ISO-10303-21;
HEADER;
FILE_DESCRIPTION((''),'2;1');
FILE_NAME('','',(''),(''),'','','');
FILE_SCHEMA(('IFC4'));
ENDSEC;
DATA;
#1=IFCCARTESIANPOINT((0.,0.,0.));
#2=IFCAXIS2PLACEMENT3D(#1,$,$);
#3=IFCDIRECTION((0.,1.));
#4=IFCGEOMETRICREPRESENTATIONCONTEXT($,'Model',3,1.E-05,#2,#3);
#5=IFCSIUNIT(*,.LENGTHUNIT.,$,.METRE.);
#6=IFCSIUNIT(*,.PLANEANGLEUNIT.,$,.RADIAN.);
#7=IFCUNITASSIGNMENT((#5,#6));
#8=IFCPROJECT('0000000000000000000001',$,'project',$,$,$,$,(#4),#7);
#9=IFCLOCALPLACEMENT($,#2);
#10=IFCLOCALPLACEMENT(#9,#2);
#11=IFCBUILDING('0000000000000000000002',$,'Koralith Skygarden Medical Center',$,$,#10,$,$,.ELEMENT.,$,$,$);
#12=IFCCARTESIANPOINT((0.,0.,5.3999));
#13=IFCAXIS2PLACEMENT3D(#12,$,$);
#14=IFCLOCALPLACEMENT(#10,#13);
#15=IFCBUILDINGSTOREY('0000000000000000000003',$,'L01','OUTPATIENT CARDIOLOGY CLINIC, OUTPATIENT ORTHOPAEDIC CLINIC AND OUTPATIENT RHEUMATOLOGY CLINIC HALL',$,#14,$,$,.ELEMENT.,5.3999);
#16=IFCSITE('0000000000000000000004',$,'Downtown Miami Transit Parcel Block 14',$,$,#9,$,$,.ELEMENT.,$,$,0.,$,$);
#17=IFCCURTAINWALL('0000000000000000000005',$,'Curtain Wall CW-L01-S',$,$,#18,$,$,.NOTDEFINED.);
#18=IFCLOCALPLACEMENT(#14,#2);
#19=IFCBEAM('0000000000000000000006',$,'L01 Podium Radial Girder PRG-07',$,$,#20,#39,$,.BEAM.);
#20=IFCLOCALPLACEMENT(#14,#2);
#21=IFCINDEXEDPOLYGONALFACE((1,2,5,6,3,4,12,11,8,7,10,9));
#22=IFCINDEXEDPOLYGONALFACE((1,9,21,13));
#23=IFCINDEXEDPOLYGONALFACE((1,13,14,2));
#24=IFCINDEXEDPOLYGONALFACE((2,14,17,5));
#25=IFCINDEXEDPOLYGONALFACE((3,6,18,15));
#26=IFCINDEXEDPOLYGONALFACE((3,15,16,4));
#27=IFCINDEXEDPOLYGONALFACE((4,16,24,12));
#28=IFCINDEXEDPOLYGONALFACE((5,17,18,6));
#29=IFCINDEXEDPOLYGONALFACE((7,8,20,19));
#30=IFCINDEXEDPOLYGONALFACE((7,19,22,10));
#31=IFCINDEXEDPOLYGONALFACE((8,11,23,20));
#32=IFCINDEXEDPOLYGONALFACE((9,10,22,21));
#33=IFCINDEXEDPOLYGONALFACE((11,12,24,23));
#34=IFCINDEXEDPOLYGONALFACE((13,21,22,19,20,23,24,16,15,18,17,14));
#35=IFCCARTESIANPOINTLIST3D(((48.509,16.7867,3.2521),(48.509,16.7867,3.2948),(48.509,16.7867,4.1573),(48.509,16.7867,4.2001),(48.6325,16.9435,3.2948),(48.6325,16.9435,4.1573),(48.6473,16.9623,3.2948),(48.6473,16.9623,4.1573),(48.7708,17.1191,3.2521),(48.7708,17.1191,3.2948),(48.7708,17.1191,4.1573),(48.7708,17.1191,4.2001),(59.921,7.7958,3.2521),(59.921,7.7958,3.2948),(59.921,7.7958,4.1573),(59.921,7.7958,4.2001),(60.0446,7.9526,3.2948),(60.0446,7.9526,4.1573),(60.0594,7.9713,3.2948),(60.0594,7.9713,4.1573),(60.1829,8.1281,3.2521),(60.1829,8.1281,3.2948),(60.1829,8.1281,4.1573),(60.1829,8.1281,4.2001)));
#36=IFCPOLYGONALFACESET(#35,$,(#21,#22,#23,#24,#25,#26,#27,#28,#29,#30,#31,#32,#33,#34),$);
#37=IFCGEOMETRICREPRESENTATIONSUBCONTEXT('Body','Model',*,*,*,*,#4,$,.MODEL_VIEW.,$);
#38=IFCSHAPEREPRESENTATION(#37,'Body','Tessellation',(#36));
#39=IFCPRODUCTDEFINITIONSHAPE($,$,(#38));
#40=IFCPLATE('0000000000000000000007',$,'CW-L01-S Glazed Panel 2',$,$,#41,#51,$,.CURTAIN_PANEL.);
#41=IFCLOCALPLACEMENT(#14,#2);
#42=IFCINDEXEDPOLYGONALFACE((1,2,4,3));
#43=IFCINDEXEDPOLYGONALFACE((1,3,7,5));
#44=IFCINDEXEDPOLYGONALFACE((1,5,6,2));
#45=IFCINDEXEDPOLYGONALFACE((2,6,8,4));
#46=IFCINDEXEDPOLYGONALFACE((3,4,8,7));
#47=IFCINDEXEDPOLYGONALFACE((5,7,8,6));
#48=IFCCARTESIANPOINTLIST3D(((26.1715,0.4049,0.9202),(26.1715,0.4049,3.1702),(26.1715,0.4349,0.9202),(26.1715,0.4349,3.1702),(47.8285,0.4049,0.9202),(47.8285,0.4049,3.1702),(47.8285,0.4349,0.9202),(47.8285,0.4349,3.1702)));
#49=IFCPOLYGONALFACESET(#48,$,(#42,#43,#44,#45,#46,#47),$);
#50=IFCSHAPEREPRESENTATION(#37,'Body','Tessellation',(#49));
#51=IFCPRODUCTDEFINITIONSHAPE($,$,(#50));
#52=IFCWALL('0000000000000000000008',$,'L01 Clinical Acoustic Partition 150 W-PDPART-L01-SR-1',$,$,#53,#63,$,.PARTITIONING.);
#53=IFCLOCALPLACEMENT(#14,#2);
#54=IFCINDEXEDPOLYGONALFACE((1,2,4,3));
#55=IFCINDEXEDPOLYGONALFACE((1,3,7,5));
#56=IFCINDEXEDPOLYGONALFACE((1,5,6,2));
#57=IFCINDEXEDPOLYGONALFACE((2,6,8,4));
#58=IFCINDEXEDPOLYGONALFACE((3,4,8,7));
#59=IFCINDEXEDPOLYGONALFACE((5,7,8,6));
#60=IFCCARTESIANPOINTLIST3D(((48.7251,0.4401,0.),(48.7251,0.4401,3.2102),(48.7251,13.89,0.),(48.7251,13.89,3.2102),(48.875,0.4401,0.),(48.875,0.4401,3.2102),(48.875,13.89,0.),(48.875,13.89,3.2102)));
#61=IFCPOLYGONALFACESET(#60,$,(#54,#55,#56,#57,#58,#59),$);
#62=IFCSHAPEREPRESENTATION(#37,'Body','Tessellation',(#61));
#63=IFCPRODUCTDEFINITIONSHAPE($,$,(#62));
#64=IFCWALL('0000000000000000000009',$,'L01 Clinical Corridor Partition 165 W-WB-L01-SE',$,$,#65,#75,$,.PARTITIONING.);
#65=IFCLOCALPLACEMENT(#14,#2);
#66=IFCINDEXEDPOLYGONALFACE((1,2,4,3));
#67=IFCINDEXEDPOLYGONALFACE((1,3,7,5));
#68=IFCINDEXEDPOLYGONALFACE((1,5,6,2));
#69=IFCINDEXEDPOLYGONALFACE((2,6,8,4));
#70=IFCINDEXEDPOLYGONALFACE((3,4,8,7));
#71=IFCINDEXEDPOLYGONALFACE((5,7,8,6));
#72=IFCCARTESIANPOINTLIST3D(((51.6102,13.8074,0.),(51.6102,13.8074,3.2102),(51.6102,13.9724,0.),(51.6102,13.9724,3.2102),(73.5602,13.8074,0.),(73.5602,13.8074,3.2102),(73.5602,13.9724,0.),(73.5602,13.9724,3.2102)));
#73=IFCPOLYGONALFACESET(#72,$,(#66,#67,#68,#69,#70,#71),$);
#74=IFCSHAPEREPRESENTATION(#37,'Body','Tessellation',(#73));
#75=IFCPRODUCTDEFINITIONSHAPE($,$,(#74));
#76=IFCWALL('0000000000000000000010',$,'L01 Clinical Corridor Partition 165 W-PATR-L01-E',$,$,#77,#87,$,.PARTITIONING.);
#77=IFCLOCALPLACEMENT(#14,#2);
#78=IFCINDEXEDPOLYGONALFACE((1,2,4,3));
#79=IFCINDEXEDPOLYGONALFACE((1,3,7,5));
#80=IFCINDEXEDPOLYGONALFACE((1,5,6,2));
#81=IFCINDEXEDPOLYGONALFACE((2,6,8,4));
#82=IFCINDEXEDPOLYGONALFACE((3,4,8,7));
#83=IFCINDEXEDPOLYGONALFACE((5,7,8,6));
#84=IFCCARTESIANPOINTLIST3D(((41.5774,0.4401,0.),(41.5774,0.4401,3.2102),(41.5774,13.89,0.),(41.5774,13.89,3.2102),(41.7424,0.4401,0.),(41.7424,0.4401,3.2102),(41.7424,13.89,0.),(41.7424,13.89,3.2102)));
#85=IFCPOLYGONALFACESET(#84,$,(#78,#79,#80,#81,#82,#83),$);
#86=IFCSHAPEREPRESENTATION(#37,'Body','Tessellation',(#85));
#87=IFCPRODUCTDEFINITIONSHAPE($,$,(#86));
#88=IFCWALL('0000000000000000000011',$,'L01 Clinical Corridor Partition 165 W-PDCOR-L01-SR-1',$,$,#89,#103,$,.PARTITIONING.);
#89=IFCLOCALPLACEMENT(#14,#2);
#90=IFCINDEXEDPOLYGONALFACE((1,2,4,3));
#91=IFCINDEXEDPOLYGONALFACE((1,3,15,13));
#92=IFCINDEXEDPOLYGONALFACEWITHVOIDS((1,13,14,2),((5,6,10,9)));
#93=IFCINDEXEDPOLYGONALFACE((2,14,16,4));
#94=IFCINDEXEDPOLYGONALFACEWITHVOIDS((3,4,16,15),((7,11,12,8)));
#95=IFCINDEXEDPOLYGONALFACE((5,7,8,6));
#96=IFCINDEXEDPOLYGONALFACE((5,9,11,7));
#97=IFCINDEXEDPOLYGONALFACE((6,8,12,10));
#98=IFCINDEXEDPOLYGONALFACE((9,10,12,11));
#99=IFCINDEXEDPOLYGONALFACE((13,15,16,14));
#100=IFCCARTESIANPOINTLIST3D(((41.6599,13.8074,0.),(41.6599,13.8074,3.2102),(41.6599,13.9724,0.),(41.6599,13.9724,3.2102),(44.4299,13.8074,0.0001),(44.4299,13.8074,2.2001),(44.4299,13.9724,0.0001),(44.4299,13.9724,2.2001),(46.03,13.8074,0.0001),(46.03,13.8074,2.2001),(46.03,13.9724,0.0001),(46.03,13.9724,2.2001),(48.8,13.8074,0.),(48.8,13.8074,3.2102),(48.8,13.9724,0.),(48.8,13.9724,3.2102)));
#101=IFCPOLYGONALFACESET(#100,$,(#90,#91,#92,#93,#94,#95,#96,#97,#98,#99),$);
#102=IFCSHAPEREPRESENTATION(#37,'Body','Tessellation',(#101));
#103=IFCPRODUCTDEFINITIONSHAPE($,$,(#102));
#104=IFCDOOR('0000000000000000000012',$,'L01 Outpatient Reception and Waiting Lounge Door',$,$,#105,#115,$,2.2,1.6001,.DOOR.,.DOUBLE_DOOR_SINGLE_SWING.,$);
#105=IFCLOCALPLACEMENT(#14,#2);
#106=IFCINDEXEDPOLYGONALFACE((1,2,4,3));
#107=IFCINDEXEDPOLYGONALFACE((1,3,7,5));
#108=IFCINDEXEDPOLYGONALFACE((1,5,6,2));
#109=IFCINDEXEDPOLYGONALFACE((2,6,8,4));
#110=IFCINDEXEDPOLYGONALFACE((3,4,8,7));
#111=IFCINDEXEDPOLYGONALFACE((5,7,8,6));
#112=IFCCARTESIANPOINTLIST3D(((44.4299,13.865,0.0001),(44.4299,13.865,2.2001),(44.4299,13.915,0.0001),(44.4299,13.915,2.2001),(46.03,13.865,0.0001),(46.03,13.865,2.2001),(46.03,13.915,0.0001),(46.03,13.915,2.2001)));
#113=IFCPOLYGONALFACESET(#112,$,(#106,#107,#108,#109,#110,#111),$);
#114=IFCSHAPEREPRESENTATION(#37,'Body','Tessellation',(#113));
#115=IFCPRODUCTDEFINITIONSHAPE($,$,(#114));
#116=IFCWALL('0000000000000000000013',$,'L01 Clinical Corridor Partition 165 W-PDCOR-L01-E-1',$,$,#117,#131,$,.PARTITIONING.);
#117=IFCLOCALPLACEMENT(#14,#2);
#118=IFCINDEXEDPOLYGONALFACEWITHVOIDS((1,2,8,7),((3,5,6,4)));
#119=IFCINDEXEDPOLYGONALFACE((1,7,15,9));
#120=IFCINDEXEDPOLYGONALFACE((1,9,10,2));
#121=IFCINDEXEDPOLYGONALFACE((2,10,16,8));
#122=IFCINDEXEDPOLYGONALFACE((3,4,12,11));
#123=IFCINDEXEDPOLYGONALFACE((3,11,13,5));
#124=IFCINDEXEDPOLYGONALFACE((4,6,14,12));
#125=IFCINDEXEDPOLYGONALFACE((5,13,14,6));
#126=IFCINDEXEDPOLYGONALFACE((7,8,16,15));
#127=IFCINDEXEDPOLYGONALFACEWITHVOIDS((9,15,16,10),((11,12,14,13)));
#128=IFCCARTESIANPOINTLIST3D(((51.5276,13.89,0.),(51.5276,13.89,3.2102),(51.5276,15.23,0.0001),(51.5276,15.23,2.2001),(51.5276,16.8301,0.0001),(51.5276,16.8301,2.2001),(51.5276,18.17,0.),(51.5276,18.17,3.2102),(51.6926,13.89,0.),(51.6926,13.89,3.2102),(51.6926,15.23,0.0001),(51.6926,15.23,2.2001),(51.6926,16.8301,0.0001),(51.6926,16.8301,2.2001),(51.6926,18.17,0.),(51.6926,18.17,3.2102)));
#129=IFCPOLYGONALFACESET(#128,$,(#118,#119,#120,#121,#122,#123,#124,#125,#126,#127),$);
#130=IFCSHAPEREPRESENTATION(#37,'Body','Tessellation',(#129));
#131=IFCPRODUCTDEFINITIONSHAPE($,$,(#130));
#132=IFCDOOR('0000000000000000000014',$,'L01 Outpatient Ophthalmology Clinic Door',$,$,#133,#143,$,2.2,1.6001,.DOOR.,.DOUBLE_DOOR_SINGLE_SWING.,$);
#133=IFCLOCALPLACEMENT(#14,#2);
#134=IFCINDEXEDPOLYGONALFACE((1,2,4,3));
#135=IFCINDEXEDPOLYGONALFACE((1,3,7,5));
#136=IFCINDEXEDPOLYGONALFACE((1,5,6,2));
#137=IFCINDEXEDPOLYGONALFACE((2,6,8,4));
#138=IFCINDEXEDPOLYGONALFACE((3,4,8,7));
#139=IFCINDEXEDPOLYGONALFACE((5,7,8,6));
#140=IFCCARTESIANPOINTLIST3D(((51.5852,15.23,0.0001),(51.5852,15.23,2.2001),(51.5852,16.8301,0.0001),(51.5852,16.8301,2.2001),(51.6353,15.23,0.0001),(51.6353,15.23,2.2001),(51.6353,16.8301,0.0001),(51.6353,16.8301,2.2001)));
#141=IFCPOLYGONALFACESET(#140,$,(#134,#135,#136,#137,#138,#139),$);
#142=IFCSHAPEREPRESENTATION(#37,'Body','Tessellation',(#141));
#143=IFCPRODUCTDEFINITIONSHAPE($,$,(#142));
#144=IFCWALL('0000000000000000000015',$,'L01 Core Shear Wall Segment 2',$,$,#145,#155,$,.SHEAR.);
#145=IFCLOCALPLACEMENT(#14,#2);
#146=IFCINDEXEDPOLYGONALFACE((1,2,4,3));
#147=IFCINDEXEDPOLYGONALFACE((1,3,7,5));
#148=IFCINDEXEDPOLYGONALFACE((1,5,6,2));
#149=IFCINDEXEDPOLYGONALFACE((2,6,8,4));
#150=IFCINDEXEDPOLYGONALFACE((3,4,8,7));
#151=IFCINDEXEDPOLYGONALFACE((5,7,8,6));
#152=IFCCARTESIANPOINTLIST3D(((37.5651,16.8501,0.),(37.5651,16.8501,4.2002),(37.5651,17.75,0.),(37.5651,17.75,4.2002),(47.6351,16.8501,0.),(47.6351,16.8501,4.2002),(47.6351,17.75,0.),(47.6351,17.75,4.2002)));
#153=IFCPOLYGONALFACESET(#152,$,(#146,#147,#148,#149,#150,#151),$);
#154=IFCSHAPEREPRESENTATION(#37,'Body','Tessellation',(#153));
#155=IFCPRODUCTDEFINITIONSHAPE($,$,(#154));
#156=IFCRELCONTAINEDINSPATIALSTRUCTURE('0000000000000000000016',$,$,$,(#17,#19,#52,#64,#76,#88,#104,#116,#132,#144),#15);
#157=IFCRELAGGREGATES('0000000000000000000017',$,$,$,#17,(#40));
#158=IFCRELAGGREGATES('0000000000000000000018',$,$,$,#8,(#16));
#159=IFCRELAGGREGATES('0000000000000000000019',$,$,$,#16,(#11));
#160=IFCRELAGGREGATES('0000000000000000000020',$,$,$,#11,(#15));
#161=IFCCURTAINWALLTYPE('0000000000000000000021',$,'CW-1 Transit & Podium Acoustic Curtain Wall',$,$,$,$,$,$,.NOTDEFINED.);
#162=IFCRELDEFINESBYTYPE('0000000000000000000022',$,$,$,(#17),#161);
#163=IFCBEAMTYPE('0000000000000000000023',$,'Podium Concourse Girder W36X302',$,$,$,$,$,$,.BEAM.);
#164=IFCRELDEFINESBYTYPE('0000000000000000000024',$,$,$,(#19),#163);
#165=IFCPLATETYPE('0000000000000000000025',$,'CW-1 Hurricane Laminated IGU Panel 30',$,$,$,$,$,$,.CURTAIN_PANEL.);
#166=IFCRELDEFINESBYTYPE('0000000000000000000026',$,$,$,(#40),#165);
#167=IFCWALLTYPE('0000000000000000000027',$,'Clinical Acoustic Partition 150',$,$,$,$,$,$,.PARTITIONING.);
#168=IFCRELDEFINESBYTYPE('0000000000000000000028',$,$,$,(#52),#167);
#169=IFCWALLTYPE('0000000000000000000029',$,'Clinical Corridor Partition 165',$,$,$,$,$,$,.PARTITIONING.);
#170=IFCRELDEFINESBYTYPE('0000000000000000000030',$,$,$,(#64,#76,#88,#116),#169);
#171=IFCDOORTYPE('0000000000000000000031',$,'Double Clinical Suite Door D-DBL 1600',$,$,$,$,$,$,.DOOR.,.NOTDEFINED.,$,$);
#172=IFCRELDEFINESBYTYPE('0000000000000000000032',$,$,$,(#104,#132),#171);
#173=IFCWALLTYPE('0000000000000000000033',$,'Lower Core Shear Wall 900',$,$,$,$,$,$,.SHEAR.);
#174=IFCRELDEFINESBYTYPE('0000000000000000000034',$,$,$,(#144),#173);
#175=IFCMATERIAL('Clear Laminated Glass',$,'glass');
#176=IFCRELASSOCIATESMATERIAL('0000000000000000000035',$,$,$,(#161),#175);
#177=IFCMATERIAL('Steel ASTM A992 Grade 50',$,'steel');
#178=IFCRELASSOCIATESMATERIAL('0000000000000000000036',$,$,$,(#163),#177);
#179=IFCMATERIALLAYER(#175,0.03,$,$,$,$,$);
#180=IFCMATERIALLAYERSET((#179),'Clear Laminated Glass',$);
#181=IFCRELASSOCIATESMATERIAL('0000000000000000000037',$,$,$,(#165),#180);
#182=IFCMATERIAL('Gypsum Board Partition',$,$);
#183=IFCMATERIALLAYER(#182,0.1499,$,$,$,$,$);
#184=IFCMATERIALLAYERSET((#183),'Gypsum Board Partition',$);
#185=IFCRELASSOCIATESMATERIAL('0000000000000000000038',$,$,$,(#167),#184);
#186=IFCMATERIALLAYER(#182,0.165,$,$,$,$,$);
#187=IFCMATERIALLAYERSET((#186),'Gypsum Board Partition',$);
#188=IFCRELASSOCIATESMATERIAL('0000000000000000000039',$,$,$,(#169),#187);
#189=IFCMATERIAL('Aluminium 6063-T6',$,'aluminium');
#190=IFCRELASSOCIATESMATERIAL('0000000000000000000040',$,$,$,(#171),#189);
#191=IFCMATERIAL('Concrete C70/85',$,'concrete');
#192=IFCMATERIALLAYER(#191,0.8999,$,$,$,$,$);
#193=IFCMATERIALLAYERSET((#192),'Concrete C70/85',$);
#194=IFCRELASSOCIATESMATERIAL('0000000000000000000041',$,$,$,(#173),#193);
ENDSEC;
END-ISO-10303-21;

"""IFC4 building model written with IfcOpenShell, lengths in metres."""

from ifc_helpers import new_model, si_unit, direction, frame, frame_2d, origin, origin_2d, place, context, subcontext, project, spatial, rectangle, i_section, extrude, material, layer, layer_set, material_profile, profile_set, type_object, element, fill, aggregate, save


model = new_model("IFC4")

# Units and contexts
model_context = context("Model", 3, precision=1e-05, world=origin(), true_north=direction((0.0, 1.0)))
body_context = subcontext(model_context, "Body", "Model", "MODEL_VIEW")
ifc_project = project(units=[si_unit("LENGTHUNIT", "METRE"), si_unit("PLANEANGLEUNIT", "RADIAN")], contexts=[model_context])

# Site, building, storey
site_placement = place(None, origin())
site = spatial("IfcSite", under=ifc_project, at=site_placement, Name="Downtown Miami Transit Parcel Block 14", CompositionType="ELEMENT", RefElevation=0.0)
building_placement = place(site_placement, origin())
building = spatial("IfcBuilding", under=site, at=building_placement, Name="Koralith Skygarden Medical Center", CompositionType="ELEMENT")
storey_placement = place(building_placement, frame((0.0, 0.0, 5.3999)))
storey = spatial("IfcBuildingStorey", under=building, at=storey_placement, Name="L01", Description="OUTPATIENT CARDIOLOGY CLINIC, OUTPATIENT ORTHOPAEDIC CLINIC AND OUTPATIENT RHEUMATOLOGY CLINIC HALL", CompositionType="ELEMENT", Elevation=5.3999)

# Shared definitions
ifc_material_1 = material(Name="Concrete C70/85", Category="concrete")

# Curtain wall
ifc_material_2 = material(Name="Clear Laminated Glass", Category="glass")
curtain_wall_type = type_object("IfcCurtainWallType", Name="CW-1 Transit & Podium Acoustic Curtain Wall", PredefinedType="NOTDEFINED", material=ifc_material_2)
curtain_wall_placement = place(storey_placement, origin())
curtain_wall = element("IfcCurtainWall", 1, at=curtain_wall_placement, inside=storey, type_object=curtain_wall_type, Name="Curtain Wall CW-L01-S", PredefinedType="NOTDEFINED")
ifc_material_3 = material(Name="Aluminium 6063-T6", Category="aluminium")

# Beam
ifc_material_4 = material(Name="Steel ASTM A992 Grade 50", Category="steel")
ifc_material_profile_1 = material_profile(ifc_material_4, i_section(OverallWidth=0.4231, OverallDepth=0.948, WebThickness=0.0239, FlangeThickness=0.0427, at=origin_2d()), Name="W36X302")
ifc_profile_set_1 = profile_set([ifc_material_profile_1], Name="Steel ASTM A992 Grade 50")
beam_type = type_object("IfcBeamType", Name="Podium Concourse Girder W36X302", PredefinedType="BEAM", material=ifc_profile_set_1)
beam_1_placement = place(storey_placement, frame((48.6399, 16.9529, 3.7261), z_axis=(0.785505, -0.618856, 0.0), x_axis=(0.618856, 0.785505, 0.0)))
element("IfcBeam", 2, at=beam_1_placement, inside=storey, type_object=beam_type, Name="L01 Podium Radial Girder PRG-07", PredefinedType="BEAM", context=body_context, shape_type="SweptSolid", body=[
    extrude(i_section(OverallWidth=0.4231, OverallDepth=0.948, WebThickness=0.0239, FlangeThickness=0.0427, at=origin_2d()), origin(), (0.0, 0.0, 1.0), 14.5283),
])

# Plate
ifc_layer_1 = layer(ifc_material_2, 0.03)
ifc_layer_set_1 = layer_set([ifc_layer_1], Name="Clear Laminated Glass")
plate_type = type_object("IfcPlateType", Name="CW-1 Hurricane Laminated IGU Panel 30", PredefinedType="CURTAIN_PANEL", material=ifc_layer_set_1)
plate_placement = place(storey_placement, frame((37.0, 0.4199, 0.9202), z_axis=(0.0, 0.0, 1.0), x_axis=(1.0, 0.0, 0.0)))
plate = element("IfcPlate", 3, at=plate_placement, type_object=plate_type, Name="CW-L01-S Glazed Panel 2", PredefinedType="CURTAIN_PANEL", context=body_context, shape_type="SweptSolid", body=[
    extrude(rectangle(XDim=21.657, YDim=0.03, at=origin_2d()), origin(), (0.0, 0.0, 1.0), 2.25),
])
aggregate(curtain_wall, [plate])

# Walls
ifc_material_5 = material(Name="Gypsum Board Partition")
ifc_layer_2 = layer(ifc_material_5, 0.1499)
ifc_layer_set_2 = layer_set([ifc_layer_2], Name="Gypsum Board Partition")
wall_type_1 = type_object("IfcWallType", Name="Clinical Acoustic Partition 150", PredefinedType="PARTITIONING", material=ifc_layer_set_2)
wall_1_placement = place(storey_placement, frame((48.8, 0.4399, 0.0), z_axis=(0.0, 0.0, 1.0), x_axis=(0.0, 1.0, 0.0)))
element("IfcWall", 4, at=wall_1_placement, inside=storey, type_object=wall_type_1, Name="L01 Clinical Acoustic Partition 150 W-PDPART-L01-SR-1", PredefinedType="PARTITIONING", context=body_context, shape_type="SweptSolid", body=[
    extrude(rectangle(XDim=13.45, YDim=0.1499, at=frame_2d((6.7251, 0.0))), origin(), (0.0, 0.0, 1.0), 3.2102),
])
ifc_layer_3 = layer(ifc_material_5, 0.165)
ifc_layer_set_3 = layer_set([ifc_layer_3], Name="Gypsum Board Partition")
wall_type_2 = type_object("IfcWallType", Name="Clinical Corridor Partition 165", PredefinedType="PARTITIONING", material=ifc_layer_set_3)
wall_2_placement = place(storey_placement, frame((51.6101, 13.8899, 0.0), z_axis=(0.0, 0.0, 1.0), x_axis=(1.0, 0.0, 0.0)))
element("IfcWall", 5, at=wall_2_placement, inside=storey, type_object=wall_type_2, Name="L01 Clinical Corridor Partition 165 W-WB-L01-SE", PredefinedType="PARTITIONING", context=body_context, shape_type="SweptSolid", body=[
    extrude(rectangle(XDim=21.95, YDim=0.165, at=frame_2d((10.9751, 0.0))), origin(), (0.0, 0.0, 1.0), 3.2102),
])
wall_3_placement = place(storey_placement, frame((41.6599, 0.4399, 0.0), z_axis=(0.0, 0.0, 1.0), x_axis=(0.0, 1.0, 0.0)))
element("IfcWall", 6, at=wall_3_placement, inside=storey, type_object=wall_type_2, Name="L01 Clinical Corridor Partition 165 W-PATR-L01-E", PredefinedType="PARTITIONING", context=body_context, shape_type="SweptSolid", body=[
    extrude(rectangle(XDim=13.45, YDim=0.165, at=frame_2d((6.7251, 0.0))), origin(), (0.0, 0.0, 1.0), 3.2102),
])

# Walls, openings, doors
wall_4_placement = place(storey_placement, frame((41.6599, 13.8899, 0.0), z_axis=(0.0, 0.0, 1.0), x_axis=(1.0, 0.0, 0.0)))
wall_4 = element("IfcWall", 7, at=wall_4_placement, inside=storey, type_object=wall_type_2, Name="L01 Clinical Corridor Partition 165 W-PDCOR-L01-SR-1", PredefinedType="PARTITIONING", context=body_context, shape_type="SweptSolid", body=[
    extrude(rectangle(XDim=7.1401, YDim=0.165, at=frame_2d((3.5701, 0.0))), origin(), (0.0, 0.0, 1.0), 3.2102),
])
opening_1_placement = place(wall_4_placement, frame((2.77, 0.0, 0.0)))
opening_1 = element("IfcOpeningElement", 8, at=opening_1_placement, cuts=wall_4, PredefinedType="OPENING", context=body_context, shape_type="SweptSolid", body=[
    extrude(rectangle(XDim=1.6001, YDim=2.2, at=frame_2d((0.8, 1.1001))), frame((0.0, 0.0925, 0.0), z_axis=(0.0, -1.0, 0.0), x_axis=(1.0, 0.0, 0.0)), (0.0, 0.0, 1.0), 0.1851),
])
door_type_1 = type_object("IfcDoorType", Name="Double Clinical Suite Door D-DBL 1600", OperationType="NOTDEFINED", PredefinedType="DOOR", material=ifc_material_3)
door_1_placement = place(opening_1_placement, frame((1.6001, 0.0, 0.0), z_axis=(0.0, 0.0, 1.0), x_axis=(-1.0, 0.0, 0.0)))
door_1 = element("IfcDoor", 9, at=door_1_placement, inside=storey, type_object=door_type_1, Name="L01 Outpatient Reception and Waiting Lounge Door", OperationType="DOUBLE_DOOR_SINGLE_SWING", OverallHeight=2.2, OverallWidth=1.6001, PredefinedType="DOOR", context=body_context, shape_type="SweptSolid", body=[
    extrude(rectangle(XDim=1.6001, YDim=2.2, at=frame_2d((0.8, 1.1001))), frame((0.0, 0.0249, 0.0), z_axis=(0.0, -1.0, 0.0), x_axis=(1.0, 0.0, 0.0)), (0.0, 0.0, 1.0), 0.05),
])
fill(opening_1, door_1)
wall_5_placement = place(storey_placement, frame((51.6101, 13.8899, 0.0), z_axis=(0.0, 0.0, 1.0), x_axis=(0.0, 1.0, 0.0)))
wall_5 = element("IfcWall", 10, at=wall_5_placement, inside=storey, type_object=wall_type_2, Name="L01 Clinical Corridor Partition 165 W-PDCOR-L01-E-1", PredefinedType="PARTITIONING", context=body_context, shape_type="SweptSolid", body=[
    extrude(rectangle(XDim=4.28, YDim=0.165, at=frame_2d((2.1401, 0.0))), origin(), (0.0, 0.0, 1.0), 3.2102),
])
opening_2_placement = place(wall_5_placement, frame((1.3401, 0.0, 0.0)))
opening_2 = element("IfcOpeningElement", 11, at=opening_2_placement, cuts=wall_5, PredefinedType="OPENING", context=body_context, shape_type="SweptSolid", body=[
    extrude(rectangle(XDim=1.6001, YDim=2.2, at=frame_2d((0.8, 1.1001))), frame((0.0, 0.0925, 0.0), z_axis=(0.0, -1.0, 0.0), x_axis=(1.0, 0.0, 0.0)), (0.0, 0.0, 1.0), 0.1851),
])
door_2_placement = place(opening_2_placement, origin())
door_2 = element("IfcDoor", 12, at=door_2_placement, inside=storey, type_object=door_type_1, Name="L01 Outpatient Ophthalmology Clinic Door", OperationType="DOUBLE_DOOR_SINGLE_SWING", OverallHeight=2.2, OverallWidth=1.6001, PredefinedType="DOOR", context=body_context, shape_type="SweptSolid", body=[
    extrude(rectangle(XDim=1.6001, YDim=2.2, at=frame_2d((0.8, 1.1001))), frame((0.0, 0.0249, 0.0), z_axis=(0.0, -1.0, 0.0), x_axis=(1.0, 0.0, 0.0)), (0.0, 0.0, 1.0), 0.05),
])
fill(opening_2, door_2)

# Wall
ifc_layer_4 = layer(ifc_material_1, 0.8999)
ifc_layer_set_4 = layer_set([ifc_layer_4], Name="Concrete C70/85")
wall_type_3 = type_object("IfcWallType", Name="Lower Core Shear Wall 900", PredefinedType="SHEAR", material=ifc_layer_set_4)
wall_6_placement = place(storey_placement, frame((37.5649, 17.3, 0.0), z_axis=(0.0, 0.0, 1.0), x_axis=(1.0, 0.0, 0.0)))
element("IfcWall", 13, at=wall_6_placement, inside=storey, type_object=wall_type_3, Name="L01 Core Shear Wall Segment 2", PredefinedType="SHEAR", context=body_context, shape_type="SweptSolid", body=[
    extrude(rectangle(XDim=10.0701, YDim=0.8999, at=frame_2d((5.0352, 0.0))), origin(), (0.0, 0.0, 1.0), 4.2002),
])

save(model, "model.ifc")
